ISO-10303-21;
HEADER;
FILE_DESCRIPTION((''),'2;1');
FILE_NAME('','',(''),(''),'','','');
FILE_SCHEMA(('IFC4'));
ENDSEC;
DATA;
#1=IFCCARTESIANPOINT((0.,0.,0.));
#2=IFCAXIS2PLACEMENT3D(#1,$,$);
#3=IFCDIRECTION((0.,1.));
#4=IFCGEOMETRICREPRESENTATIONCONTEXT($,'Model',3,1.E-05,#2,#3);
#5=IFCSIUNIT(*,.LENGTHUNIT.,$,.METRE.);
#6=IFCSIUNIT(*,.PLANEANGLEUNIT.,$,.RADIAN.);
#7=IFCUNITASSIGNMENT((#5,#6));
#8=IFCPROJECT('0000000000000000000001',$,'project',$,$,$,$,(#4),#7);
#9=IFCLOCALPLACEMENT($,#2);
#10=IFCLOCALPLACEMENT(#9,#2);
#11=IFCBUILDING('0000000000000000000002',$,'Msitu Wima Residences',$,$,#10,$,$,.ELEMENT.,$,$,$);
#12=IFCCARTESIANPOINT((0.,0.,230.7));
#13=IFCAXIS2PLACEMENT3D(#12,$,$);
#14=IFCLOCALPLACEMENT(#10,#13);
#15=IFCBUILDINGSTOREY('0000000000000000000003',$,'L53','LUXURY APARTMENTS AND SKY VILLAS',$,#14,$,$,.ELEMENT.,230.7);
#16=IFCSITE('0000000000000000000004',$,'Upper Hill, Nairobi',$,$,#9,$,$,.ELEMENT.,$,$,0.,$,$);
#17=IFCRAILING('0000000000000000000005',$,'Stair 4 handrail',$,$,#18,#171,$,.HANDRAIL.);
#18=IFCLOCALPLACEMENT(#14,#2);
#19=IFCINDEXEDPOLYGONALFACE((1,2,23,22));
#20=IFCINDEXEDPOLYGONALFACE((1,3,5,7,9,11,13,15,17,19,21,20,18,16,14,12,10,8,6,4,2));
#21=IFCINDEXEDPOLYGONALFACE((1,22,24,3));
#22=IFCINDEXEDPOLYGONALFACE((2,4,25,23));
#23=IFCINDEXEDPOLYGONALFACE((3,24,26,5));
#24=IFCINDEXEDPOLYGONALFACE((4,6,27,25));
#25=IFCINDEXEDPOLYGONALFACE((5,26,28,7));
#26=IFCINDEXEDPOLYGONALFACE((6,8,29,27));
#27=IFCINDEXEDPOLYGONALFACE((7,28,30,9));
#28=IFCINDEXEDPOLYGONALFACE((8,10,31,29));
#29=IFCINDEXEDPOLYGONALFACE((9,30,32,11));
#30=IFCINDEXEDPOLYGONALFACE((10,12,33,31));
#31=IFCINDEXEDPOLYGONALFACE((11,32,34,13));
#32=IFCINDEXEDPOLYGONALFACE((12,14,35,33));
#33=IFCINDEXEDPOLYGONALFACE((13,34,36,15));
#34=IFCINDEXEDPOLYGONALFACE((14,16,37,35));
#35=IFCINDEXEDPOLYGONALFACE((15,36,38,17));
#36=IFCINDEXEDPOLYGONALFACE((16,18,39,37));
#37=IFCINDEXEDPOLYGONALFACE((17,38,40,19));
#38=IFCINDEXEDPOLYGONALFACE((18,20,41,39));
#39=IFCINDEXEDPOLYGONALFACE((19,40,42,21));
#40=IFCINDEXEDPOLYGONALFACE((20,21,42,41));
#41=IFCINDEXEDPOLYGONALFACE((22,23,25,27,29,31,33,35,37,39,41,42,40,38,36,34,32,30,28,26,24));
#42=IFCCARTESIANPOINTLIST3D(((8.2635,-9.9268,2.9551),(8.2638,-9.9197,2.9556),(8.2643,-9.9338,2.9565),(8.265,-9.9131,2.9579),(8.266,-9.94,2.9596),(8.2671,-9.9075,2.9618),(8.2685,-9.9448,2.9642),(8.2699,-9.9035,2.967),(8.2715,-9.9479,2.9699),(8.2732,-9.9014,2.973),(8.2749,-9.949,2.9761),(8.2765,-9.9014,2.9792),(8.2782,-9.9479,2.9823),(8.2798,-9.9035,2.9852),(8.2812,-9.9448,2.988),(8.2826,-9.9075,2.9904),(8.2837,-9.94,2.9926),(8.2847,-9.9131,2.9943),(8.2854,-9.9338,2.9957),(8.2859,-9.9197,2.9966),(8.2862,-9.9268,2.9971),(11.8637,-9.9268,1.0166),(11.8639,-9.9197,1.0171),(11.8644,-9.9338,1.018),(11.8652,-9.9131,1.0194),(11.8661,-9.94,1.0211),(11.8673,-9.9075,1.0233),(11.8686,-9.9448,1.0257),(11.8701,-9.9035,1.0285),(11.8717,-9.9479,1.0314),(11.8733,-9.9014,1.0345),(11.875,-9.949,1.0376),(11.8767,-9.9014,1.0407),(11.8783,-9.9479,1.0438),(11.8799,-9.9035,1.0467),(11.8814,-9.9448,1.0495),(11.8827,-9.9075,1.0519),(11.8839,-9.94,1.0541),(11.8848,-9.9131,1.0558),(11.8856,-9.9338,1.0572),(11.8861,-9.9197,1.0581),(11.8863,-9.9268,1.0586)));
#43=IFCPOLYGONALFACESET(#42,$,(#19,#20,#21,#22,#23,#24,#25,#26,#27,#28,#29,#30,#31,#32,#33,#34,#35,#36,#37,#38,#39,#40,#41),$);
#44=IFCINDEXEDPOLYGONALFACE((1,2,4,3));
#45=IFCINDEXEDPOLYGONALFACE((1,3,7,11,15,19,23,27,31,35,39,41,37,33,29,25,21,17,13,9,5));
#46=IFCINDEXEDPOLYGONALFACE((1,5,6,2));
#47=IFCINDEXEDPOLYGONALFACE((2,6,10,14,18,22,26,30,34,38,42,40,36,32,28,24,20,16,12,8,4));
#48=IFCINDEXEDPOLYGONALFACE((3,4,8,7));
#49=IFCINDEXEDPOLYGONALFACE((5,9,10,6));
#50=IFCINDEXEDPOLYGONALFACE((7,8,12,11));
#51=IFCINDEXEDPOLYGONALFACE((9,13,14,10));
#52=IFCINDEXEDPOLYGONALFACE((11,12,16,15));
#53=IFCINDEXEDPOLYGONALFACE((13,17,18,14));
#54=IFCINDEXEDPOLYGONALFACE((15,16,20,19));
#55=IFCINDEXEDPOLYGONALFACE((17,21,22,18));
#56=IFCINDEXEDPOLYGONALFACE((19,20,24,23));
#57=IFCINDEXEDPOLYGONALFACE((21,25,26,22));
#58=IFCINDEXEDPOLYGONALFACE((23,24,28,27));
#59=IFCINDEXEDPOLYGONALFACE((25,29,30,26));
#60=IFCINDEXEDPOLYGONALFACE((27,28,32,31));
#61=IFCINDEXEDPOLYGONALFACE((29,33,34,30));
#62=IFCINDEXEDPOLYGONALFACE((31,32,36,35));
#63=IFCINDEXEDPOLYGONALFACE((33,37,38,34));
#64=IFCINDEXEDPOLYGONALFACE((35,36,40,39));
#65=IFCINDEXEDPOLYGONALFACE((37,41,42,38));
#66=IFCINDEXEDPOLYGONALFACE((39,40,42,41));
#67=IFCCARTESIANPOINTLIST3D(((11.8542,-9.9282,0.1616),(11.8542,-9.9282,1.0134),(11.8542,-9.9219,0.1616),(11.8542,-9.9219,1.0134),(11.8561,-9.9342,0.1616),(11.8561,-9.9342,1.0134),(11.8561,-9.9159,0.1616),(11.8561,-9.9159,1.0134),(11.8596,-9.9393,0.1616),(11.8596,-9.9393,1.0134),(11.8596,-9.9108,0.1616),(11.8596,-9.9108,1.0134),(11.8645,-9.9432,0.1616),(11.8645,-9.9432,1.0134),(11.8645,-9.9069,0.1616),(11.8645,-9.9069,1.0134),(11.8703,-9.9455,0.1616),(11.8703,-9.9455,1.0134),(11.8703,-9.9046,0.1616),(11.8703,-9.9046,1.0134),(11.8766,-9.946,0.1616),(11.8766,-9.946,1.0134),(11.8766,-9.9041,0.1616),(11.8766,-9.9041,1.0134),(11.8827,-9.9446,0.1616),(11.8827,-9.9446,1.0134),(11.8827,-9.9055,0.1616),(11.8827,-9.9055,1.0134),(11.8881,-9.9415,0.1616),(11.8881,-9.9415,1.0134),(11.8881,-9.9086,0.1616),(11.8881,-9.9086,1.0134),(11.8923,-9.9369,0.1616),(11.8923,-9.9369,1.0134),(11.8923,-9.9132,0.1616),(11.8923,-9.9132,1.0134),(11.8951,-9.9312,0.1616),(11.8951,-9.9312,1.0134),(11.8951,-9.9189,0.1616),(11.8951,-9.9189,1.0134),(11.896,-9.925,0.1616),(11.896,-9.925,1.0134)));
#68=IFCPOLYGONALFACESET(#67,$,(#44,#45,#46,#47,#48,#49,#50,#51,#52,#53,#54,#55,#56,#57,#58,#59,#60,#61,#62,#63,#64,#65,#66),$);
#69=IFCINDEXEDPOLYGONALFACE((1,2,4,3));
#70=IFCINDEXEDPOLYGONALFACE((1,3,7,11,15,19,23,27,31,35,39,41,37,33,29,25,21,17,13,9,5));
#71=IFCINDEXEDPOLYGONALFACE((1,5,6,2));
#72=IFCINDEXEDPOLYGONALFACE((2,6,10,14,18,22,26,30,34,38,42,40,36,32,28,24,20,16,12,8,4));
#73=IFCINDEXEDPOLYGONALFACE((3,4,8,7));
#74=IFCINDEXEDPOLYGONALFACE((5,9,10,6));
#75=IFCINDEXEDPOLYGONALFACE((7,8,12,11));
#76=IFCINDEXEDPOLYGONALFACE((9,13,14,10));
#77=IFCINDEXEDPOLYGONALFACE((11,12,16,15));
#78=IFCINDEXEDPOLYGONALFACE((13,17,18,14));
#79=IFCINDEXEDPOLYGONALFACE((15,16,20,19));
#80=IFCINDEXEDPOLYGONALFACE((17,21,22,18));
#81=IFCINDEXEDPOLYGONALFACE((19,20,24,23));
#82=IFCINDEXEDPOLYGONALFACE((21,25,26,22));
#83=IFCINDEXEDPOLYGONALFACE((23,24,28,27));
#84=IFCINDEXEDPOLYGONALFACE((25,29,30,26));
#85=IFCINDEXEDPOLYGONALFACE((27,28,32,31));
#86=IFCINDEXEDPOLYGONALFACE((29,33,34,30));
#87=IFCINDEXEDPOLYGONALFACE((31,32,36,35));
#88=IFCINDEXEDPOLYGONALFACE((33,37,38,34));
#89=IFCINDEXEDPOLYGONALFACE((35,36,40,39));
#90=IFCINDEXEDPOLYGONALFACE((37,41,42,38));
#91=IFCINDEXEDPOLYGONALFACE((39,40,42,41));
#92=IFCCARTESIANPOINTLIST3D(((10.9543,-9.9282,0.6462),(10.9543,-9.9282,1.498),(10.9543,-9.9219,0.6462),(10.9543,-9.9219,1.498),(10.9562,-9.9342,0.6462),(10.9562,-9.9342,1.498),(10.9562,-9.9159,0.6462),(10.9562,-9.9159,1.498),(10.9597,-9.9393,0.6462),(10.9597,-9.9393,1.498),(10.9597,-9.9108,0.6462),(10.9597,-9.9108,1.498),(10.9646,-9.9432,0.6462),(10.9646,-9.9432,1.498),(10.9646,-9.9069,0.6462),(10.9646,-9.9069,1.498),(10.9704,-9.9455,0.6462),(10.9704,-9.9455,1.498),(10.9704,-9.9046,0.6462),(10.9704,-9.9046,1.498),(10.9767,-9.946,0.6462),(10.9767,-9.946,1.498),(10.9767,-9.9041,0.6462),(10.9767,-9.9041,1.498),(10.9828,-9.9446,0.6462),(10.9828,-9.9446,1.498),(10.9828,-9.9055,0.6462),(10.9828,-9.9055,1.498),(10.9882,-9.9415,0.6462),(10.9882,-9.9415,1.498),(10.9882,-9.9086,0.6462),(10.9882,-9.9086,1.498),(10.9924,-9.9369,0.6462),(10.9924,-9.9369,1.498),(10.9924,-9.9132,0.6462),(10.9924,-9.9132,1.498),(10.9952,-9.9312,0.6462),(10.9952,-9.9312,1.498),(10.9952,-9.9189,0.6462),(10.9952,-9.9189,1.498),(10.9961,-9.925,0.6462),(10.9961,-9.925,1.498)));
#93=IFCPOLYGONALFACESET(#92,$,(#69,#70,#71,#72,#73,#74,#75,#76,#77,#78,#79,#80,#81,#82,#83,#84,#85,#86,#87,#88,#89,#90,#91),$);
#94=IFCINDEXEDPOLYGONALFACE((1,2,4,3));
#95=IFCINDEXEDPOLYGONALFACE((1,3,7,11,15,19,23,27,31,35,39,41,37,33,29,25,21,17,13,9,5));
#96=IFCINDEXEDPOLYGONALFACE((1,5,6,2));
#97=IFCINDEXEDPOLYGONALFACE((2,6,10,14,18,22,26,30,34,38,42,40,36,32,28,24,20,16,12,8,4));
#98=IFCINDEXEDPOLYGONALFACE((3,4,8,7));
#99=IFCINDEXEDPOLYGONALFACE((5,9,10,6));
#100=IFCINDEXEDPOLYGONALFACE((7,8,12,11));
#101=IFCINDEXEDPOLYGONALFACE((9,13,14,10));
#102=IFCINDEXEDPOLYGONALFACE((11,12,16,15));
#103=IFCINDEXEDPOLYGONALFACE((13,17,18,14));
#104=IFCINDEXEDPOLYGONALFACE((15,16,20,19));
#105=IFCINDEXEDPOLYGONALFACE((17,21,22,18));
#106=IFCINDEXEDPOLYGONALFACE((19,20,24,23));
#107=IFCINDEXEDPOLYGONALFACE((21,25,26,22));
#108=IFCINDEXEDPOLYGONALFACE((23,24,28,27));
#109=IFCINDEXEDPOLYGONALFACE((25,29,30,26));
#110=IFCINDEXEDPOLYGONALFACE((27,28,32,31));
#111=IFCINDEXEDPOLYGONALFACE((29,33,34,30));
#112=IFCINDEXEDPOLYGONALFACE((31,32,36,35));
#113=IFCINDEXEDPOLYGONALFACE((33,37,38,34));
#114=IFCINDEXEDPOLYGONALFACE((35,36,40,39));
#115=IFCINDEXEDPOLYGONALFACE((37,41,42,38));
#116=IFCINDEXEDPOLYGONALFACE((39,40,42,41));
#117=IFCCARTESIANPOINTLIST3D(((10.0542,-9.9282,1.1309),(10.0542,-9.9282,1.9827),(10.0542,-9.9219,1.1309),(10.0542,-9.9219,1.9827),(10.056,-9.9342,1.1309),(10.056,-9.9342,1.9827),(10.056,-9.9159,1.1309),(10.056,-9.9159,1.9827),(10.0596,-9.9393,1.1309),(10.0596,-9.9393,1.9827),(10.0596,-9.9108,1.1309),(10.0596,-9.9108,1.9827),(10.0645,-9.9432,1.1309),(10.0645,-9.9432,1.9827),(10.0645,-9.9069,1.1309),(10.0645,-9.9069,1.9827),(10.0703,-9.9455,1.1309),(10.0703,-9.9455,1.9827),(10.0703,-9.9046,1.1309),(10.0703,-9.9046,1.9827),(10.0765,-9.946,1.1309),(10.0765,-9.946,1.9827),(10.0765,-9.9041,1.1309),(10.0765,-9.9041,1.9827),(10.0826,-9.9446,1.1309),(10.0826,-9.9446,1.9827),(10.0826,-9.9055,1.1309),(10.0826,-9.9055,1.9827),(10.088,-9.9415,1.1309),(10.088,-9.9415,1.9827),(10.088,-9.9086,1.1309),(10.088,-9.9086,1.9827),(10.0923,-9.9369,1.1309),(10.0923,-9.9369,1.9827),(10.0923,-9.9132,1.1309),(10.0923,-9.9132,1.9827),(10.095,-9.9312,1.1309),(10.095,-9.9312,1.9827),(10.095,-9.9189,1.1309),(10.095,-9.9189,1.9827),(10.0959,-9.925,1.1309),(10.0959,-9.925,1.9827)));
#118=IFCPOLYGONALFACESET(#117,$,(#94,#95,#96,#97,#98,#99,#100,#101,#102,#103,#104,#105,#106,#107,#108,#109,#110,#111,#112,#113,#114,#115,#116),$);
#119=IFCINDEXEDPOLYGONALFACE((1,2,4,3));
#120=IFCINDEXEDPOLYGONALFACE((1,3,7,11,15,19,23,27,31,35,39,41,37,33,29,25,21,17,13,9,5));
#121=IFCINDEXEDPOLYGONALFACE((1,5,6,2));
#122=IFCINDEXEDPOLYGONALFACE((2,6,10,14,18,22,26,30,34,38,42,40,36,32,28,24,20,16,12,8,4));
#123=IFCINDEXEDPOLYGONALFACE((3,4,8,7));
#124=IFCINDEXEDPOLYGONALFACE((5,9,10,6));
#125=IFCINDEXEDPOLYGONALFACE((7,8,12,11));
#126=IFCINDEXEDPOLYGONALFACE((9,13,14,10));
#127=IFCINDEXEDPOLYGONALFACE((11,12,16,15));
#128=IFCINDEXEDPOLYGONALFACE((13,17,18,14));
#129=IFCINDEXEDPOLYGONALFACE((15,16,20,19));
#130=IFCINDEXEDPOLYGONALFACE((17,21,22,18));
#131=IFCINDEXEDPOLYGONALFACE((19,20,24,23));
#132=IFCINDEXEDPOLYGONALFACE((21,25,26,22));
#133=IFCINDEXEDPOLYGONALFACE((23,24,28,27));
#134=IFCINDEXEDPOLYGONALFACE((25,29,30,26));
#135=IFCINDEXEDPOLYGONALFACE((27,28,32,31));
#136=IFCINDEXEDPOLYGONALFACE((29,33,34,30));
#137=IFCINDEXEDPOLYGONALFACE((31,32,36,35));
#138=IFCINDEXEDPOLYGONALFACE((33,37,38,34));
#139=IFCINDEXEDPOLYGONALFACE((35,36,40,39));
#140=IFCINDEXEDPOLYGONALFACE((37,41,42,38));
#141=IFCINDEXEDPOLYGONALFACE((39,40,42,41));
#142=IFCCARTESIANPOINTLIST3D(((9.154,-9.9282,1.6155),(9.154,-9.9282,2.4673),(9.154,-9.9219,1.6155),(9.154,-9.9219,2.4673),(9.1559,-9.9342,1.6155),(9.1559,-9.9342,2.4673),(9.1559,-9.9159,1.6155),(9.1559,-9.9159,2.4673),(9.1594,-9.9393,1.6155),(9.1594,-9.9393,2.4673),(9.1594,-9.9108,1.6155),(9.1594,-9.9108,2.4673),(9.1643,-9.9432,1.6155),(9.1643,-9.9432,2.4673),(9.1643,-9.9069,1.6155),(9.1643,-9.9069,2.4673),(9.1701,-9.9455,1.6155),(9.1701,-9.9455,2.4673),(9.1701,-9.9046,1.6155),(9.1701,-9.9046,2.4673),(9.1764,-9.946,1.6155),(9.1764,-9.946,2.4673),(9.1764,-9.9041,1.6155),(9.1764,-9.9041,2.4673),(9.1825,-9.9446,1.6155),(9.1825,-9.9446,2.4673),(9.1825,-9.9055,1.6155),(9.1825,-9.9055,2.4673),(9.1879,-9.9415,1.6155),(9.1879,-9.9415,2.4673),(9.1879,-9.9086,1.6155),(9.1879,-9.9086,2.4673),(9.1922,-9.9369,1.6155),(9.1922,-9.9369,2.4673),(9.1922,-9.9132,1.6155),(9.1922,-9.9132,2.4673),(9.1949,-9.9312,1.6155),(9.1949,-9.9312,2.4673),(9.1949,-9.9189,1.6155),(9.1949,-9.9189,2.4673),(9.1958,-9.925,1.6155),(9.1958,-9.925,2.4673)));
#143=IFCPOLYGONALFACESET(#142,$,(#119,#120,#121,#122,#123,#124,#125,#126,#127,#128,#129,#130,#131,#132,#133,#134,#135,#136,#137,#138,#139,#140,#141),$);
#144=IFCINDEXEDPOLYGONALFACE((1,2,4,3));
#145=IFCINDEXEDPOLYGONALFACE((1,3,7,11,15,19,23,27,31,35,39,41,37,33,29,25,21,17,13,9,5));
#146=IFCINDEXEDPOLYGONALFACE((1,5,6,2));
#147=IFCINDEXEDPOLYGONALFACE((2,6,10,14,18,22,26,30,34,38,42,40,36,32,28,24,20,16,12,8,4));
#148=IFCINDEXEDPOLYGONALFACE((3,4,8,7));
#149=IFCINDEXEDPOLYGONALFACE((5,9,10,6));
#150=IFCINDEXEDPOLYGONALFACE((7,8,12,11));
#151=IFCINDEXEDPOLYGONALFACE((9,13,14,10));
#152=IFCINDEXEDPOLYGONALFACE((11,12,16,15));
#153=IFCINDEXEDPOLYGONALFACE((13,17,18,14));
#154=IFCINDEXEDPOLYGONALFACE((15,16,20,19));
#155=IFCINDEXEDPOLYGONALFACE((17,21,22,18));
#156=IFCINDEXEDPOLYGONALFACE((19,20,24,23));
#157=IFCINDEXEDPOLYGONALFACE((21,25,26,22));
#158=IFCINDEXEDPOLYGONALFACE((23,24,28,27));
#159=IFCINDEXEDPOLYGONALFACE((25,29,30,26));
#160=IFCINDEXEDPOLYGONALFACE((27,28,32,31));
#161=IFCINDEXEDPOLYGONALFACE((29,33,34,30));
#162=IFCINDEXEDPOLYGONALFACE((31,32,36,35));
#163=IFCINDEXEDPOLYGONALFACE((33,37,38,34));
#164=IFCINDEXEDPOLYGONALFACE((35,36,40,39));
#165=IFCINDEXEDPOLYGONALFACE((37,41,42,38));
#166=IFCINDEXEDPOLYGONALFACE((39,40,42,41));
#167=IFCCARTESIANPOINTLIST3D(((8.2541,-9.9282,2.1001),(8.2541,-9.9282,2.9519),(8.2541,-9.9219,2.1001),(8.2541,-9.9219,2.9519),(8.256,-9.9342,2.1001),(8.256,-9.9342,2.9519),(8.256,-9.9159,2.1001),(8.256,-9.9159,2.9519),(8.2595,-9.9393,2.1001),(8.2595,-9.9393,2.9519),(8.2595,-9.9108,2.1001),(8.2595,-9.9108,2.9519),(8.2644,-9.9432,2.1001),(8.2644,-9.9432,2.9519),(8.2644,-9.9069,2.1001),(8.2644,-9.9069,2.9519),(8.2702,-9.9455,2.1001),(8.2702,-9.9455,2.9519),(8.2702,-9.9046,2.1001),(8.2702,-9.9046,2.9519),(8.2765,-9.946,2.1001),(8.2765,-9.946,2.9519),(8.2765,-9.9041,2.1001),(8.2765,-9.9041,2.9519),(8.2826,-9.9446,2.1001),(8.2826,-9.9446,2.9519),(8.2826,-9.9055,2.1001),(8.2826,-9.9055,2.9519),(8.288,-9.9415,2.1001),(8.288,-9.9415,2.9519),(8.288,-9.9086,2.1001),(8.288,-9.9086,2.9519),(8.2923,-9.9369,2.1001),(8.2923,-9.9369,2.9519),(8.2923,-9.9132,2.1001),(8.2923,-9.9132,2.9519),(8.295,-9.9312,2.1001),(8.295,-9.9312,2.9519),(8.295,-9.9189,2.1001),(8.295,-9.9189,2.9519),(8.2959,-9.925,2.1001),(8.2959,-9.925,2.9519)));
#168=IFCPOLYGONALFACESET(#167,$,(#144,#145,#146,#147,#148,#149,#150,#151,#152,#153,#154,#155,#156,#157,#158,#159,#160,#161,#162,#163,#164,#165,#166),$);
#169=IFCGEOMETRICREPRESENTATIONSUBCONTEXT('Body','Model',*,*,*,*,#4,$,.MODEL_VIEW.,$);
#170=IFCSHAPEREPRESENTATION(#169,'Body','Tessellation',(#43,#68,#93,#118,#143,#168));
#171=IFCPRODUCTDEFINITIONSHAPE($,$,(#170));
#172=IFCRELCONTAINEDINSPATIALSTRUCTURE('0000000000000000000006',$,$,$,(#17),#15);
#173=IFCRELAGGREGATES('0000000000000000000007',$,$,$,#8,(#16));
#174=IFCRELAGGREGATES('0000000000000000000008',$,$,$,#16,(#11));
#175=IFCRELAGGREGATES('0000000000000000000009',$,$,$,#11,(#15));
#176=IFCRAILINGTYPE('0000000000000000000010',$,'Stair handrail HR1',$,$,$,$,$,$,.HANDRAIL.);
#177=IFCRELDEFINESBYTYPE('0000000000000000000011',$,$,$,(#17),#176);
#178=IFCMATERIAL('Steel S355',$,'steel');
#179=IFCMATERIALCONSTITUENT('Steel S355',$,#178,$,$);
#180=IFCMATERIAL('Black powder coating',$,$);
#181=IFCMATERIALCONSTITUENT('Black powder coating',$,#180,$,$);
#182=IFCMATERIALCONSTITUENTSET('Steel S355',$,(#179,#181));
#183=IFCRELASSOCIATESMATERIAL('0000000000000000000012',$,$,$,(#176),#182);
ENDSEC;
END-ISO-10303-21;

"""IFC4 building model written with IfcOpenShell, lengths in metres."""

from ifc_helpers import new_model, si_unit, direction, frame, origin, origin_2d, place, context, subcontext, project, spatial, circle, extrude, material, constituent, constituent_set, type_object, element, save


model = new_model("IFC4")

# Units and contexts
model_context = context("Model", 3, precision=1e-05, world=origin(), true_north=direction((0.0, 1.0)))
body_context = subcontext(model_context, "Body", "Model", "MODEL_VIEW")
ifc_project = project(units=[si_unit("LENGTHUNIT", "METRE"), si_unit("PLANEANGLEUNIT", "RADIAN")], contexts=[model_context])

# Site, building, storey
site_placement = place(None, origin())
site = spatial("IfcSite", under=ifc_project, at=site_placement, Name="Upper Hill, Nairobi", CompositionType="ELEMENT", RefElevation=0.0)
building_placement = place(site_placement, origin())
building = spatial("IfcBuilding", under=site, at=building_placement, Name="Msitu Wima Residences", CompositionType="ELEMENT")
storey_placement = place(building_placement, frame((0.0, 0.0, 230.7)))
storey = spatial("IfcBuildingStorey", under=building, at=storey_placement, Name="L53", Description="LUXURY APARTMENTS AND SKY VILLAS", CompositionType="ELEMENT", Elevation=230.7)

# Railing
ifc_material_1 = material(Name="Steel S355", Category="steel")
ifc_constituent_1 = constituent(ifc_material_1, Name="Steel S355")
ifc_material_2 = material(Name="Black powder coating")
ifc_constituent_2 = constituent(ifc_material_2, Name="Black powder coating")
ifc_constituent_set = constituent_set(constituents=[ifc_constituent_1, ifc_constituent_2], Name="Steel S355")
railing_type = type_object("IfcRailingType", Name="Stair handrail HR1", PredefinedType="HANDRAIL", material=ifc_constituent_set)
for number, where, name in (
    (1, (11.875, -9.925, 0.1616), "Stair 4 handrail"),
):
    element("IfcRailing", number, at=place(storey_placement, frame(where)), inside=storey, type_object=railing_type, Name=name, PredefinedType="HANDRAIL", context=body_context, shape_type="SweptSolid", body=[
        extrude(circle(Radius=0.0239, at=origin_2d()), frame((0.0, 0.0, 0.876), z_axis=(-0.880475, 0.0, 0.474093), x_axis=(0.0, -1.0, 0.0)), (0.0, 0.0, 1.0), 4.0889),
        extrude(circle(Radius=0.021, at=origin_2d()), origin(), (0.0, 0.0, 1.0), 0.8518),
        extrude(circle(Radius=0.021, at=origin_2d()), frame((-0.8999, 0.0, 0.4846)), (0.0, 0.0, 1.0), 0.8518),
        extrude(circle(Radius=0.021, at=origin_2d()), frame((-1.8, 0.0, 0.9692)), (0.0, 0.0, 1.0), 0.8518),
        extrude(circle(Radius=0.021, at=origin_2d()), frame((-2.7002, 0.0, 1.4539)), (0.0, 0.0, 1.0), 0.8518),
        extrude(circle(Radius=0.021, at=origin_2d()), frame((-3.6001, 0.0, 1.9385)), (0.0, 0.0, 1.0), 0.8518),
    ])

save(model, "model.ifc")
